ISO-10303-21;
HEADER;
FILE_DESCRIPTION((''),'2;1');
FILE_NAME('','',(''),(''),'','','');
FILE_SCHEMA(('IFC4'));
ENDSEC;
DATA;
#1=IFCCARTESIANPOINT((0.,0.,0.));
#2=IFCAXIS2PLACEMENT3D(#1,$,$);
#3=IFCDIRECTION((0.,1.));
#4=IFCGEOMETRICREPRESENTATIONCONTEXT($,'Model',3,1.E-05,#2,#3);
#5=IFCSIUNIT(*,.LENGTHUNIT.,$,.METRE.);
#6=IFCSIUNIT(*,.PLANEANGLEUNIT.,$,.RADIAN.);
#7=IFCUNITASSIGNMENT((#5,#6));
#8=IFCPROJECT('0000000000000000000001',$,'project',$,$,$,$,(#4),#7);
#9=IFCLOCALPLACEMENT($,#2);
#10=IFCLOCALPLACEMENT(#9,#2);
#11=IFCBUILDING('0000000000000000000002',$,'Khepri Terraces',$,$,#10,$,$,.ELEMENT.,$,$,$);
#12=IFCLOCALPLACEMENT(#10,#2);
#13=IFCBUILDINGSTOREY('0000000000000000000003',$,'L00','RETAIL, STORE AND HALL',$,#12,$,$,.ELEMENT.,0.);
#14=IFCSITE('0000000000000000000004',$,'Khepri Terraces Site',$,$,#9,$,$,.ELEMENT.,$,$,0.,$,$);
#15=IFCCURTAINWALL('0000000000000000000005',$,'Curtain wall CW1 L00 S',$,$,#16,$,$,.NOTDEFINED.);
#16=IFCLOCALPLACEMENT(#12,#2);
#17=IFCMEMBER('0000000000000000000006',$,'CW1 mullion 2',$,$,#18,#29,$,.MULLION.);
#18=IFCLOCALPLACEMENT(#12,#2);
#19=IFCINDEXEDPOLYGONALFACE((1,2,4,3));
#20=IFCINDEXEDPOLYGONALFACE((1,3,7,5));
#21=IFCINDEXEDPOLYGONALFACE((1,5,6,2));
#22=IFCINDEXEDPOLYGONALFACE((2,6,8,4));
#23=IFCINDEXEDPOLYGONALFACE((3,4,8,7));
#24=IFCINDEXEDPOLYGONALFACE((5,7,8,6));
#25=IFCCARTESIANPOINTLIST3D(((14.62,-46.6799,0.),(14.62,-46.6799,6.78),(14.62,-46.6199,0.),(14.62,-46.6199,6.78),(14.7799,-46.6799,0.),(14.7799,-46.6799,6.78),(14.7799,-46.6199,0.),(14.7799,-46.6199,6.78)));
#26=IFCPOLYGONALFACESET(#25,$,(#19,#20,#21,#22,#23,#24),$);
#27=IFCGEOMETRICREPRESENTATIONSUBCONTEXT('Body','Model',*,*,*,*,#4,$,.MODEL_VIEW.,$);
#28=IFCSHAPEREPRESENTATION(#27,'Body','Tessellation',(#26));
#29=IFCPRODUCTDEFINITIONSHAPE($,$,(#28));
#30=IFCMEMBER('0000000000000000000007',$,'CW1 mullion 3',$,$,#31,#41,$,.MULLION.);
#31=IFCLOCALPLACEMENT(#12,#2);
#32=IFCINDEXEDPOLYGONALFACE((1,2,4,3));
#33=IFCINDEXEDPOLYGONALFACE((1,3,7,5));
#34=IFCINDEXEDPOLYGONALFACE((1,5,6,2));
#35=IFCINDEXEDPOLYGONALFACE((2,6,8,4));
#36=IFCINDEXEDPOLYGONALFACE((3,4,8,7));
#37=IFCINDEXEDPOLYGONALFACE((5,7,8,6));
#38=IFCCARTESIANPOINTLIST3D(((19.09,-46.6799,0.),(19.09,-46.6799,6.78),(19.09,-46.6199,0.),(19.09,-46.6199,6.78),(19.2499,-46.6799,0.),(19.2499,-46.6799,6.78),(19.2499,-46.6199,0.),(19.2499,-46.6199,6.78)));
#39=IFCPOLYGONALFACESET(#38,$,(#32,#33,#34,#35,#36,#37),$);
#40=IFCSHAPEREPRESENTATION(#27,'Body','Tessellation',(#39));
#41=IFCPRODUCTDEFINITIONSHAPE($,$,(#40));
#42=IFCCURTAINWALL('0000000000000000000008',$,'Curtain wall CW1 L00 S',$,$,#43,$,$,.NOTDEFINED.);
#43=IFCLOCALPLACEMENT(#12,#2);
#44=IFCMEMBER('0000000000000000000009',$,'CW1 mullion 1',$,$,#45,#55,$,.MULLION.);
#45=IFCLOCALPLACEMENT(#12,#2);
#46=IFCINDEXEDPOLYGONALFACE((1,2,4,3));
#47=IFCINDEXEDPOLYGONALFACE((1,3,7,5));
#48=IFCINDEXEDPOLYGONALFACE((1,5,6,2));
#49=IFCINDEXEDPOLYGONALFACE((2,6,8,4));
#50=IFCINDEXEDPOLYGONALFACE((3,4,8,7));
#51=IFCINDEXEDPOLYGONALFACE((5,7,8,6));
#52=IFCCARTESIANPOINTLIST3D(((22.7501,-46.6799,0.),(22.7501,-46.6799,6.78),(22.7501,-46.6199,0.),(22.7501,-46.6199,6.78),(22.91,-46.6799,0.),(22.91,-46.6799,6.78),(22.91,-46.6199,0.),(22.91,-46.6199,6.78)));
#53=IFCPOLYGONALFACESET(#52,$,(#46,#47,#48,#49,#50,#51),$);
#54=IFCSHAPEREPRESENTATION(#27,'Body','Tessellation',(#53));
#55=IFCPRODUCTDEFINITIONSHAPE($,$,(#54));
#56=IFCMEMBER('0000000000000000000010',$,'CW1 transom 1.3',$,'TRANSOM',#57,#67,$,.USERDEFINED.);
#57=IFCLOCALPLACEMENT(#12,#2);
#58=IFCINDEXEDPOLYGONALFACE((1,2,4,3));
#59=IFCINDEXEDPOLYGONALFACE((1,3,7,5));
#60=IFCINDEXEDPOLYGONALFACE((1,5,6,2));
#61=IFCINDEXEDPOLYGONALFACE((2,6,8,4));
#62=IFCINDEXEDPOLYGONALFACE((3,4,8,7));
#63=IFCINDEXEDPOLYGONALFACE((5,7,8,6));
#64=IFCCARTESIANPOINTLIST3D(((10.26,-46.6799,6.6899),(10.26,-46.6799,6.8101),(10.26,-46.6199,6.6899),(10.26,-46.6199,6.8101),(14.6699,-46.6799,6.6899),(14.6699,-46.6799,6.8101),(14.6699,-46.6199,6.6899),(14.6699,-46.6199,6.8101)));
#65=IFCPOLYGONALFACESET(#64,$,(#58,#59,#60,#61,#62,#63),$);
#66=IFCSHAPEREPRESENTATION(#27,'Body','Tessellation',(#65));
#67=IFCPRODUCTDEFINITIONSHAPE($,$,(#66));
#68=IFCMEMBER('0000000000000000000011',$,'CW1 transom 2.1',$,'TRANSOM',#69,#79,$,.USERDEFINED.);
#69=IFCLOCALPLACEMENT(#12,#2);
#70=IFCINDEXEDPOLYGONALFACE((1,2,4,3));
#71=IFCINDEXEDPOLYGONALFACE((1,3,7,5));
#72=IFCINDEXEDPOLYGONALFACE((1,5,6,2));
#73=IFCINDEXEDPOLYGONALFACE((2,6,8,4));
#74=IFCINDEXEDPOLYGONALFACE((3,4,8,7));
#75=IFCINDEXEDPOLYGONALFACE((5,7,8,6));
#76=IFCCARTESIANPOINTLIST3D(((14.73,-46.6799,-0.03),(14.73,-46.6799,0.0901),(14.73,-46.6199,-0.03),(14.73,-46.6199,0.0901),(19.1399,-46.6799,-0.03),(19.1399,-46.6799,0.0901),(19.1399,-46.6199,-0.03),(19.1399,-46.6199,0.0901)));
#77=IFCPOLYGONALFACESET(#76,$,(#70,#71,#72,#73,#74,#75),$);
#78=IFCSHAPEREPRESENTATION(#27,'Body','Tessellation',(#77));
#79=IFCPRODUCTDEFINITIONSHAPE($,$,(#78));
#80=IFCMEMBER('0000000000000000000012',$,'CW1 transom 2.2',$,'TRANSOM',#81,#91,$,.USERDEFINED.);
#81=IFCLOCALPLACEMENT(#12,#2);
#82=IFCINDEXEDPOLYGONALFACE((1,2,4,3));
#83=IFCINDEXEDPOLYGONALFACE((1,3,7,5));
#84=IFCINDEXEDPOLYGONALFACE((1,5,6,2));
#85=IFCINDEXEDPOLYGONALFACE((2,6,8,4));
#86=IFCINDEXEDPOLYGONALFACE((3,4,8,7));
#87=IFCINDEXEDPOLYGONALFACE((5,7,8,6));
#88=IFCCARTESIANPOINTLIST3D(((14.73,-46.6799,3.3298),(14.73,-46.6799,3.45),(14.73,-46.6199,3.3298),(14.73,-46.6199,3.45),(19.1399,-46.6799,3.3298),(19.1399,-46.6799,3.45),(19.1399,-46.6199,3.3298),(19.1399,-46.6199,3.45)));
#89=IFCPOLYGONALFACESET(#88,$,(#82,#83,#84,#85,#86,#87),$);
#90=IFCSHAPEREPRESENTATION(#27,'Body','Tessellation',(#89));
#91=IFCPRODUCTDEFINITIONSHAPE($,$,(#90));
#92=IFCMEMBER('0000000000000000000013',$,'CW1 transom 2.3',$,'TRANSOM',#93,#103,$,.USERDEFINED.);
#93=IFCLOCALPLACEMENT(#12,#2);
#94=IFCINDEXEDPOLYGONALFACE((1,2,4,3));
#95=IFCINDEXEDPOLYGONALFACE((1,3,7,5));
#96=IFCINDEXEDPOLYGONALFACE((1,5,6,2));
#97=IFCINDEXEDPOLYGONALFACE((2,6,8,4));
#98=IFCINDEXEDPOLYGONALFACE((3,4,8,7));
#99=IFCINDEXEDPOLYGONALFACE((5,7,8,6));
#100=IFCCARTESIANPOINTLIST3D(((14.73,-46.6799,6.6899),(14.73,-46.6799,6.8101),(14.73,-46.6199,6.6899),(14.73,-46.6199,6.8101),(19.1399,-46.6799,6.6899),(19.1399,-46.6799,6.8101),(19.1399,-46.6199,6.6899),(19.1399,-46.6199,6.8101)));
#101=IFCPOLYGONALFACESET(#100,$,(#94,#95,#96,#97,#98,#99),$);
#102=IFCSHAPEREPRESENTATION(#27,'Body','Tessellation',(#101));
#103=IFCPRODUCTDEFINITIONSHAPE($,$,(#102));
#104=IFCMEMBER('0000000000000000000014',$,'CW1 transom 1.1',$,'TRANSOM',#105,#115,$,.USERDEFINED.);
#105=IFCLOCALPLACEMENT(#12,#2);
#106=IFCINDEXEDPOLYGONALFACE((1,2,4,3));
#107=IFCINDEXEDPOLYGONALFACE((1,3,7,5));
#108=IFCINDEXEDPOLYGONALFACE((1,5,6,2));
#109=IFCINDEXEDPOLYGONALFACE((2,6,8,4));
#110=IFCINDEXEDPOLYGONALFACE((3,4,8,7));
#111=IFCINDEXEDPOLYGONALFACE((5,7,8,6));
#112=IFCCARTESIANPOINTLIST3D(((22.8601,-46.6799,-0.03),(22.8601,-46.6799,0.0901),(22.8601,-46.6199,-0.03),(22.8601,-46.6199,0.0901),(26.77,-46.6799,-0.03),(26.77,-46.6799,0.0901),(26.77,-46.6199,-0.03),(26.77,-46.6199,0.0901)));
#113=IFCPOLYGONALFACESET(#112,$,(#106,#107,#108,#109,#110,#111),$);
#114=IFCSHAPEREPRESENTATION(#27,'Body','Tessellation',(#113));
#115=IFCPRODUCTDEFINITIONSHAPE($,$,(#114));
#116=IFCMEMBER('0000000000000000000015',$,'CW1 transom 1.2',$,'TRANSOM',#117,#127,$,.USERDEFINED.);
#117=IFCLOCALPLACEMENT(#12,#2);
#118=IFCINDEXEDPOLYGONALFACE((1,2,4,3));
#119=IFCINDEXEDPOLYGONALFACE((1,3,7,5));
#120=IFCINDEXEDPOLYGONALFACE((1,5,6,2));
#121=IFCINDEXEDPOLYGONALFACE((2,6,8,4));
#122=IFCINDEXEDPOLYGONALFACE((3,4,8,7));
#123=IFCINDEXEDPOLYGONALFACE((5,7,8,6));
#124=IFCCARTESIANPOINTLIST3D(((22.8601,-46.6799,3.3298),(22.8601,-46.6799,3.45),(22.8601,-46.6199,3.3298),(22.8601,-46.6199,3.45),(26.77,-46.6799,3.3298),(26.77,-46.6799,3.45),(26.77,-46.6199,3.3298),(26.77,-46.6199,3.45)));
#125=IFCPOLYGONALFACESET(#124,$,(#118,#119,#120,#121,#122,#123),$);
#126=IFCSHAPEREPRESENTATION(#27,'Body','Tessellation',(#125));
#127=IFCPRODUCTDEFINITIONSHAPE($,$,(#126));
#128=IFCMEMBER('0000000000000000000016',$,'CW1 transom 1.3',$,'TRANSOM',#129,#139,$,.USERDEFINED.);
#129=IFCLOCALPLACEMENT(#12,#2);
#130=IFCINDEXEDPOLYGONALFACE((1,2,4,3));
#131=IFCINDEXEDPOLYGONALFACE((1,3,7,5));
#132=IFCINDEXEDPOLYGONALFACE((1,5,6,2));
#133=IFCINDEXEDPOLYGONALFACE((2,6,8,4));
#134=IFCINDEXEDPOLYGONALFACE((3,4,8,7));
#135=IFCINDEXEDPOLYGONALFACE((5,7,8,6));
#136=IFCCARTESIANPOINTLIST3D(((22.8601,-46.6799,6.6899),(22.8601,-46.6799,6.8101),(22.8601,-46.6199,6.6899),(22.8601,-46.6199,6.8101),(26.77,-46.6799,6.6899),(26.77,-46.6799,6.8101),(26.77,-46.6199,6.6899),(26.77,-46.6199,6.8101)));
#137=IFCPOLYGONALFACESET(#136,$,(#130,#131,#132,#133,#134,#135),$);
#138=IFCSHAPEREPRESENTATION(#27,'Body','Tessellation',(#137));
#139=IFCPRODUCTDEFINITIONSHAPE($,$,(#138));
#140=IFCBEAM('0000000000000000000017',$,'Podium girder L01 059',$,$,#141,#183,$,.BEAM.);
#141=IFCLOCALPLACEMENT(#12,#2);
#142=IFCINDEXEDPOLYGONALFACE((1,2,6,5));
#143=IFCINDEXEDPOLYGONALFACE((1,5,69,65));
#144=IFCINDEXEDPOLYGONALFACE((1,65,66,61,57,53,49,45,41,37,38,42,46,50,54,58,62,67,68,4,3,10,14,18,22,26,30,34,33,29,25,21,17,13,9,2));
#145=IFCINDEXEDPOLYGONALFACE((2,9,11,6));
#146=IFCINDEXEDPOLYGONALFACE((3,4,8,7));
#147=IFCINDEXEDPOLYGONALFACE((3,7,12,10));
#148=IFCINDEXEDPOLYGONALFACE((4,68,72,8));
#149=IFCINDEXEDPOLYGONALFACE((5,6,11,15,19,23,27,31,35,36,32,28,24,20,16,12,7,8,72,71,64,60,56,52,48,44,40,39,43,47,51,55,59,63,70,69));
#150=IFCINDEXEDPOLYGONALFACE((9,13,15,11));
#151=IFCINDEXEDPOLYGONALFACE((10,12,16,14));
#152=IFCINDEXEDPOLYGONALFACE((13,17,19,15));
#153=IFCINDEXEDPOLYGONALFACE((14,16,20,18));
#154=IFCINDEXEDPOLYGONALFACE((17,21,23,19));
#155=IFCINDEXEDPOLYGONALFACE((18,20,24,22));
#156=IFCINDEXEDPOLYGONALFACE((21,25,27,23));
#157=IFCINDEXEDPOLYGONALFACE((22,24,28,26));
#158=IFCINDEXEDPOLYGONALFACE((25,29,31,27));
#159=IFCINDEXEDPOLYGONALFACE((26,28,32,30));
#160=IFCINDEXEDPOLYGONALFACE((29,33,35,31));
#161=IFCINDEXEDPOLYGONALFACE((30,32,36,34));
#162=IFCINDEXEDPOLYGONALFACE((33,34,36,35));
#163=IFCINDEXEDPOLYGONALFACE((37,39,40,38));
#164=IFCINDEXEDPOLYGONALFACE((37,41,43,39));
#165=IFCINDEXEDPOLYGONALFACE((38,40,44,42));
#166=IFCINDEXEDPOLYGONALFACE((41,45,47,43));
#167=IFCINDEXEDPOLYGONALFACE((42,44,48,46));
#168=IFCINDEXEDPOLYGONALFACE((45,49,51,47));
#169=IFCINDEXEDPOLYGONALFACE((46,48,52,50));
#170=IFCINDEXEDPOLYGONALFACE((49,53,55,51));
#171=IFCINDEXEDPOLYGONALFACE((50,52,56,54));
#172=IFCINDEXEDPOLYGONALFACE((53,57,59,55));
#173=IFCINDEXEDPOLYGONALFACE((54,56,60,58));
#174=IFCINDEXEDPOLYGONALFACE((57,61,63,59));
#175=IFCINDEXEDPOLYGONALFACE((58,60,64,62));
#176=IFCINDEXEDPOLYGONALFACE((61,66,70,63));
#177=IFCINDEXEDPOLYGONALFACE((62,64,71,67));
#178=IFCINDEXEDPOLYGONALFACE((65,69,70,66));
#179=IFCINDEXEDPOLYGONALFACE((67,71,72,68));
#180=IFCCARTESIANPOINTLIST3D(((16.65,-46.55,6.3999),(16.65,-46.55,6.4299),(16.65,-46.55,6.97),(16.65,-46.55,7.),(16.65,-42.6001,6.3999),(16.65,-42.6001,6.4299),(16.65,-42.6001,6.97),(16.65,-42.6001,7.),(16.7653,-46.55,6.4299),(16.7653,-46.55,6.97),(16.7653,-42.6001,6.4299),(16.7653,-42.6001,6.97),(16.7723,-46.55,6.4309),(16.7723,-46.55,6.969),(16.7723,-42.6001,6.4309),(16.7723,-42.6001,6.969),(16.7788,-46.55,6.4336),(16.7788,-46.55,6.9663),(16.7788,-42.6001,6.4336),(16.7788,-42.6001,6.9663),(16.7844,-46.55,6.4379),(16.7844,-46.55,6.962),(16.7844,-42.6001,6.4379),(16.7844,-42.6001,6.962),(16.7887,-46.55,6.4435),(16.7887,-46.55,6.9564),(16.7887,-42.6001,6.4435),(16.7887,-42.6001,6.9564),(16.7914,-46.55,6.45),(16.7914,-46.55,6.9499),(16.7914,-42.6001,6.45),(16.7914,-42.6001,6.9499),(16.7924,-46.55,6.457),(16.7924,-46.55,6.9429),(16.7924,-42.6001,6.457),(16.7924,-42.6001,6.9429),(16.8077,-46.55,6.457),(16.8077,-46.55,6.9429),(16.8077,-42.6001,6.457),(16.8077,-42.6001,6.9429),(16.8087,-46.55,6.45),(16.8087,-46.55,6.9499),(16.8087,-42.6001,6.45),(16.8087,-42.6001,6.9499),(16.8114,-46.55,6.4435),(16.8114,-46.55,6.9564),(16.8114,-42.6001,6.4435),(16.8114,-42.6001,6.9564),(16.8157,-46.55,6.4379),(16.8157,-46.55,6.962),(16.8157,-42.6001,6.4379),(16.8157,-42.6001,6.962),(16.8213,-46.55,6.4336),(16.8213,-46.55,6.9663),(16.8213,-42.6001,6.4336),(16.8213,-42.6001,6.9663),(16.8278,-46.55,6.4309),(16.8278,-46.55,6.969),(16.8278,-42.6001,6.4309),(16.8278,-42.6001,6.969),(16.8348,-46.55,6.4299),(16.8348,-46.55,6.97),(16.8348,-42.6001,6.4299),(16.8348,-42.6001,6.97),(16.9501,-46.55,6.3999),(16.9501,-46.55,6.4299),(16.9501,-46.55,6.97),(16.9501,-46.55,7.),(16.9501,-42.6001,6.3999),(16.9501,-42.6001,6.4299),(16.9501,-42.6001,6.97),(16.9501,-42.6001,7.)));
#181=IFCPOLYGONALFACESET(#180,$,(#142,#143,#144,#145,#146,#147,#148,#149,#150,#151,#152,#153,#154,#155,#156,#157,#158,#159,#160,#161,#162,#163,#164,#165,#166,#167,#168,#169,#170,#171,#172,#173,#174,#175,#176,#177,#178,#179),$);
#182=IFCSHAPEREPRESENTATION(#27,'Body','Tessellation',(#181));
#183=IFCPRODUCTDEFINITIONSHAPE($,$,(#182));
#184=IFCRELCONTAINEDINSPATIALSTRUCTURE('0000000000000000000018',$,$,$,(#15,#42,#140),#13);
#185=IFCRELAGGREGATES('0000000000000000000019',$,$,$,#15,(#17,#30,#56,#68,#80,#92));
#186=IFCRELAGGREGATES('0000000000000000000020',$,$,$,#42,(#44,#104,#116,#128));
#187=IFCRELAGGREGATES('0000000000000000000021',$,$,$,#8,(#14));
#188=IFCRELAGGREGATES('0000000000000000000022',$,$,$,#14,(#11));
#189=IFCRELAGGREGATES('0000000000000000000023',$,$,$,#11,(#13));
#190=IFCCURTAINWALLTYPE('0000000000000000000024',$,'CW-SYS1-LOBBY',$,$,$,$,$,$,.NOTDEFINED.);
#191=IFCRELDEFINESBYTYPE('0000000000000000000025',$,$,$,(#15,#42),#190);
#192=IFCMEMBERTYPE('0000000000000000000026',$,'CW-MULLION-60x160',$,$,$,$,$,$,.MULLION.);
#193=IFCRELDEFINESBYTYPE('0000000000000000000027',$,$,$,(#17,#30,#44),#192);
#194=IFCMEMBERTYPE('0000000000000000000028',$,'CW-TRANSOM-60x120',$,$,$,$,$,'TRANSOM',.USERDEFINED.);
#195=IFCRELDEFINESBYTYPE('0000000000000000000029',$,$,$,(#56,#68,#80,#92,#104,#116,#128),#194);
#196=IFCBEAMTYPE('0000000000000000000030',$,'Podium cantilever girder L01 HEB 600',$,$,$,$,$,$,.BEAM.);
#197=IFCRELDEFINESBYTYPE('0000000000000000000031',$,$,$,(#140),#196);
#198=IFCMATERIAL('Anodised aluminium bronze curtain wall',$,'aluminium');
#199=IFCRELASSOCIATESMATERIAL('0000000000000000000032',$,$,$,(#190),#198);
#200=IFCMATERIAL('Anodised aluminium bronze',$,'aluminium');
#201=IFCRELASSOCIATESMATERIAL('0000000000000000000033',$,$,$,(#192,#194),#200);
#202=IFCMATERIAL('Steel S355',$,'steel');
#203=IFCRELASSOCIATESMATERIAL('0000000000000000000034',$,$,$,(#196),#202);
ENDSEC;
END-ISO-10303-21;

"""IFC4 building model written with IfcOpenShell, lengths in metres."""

from ifc_helpers import new_model, si_unit, direction, frame, origin, origin_2d, place, context, subcontext, project, spatial, rectangle, i_section, extrude, material, material_profile, profile_set, type_object, element, aggregate, save


model = new_model("IFC4")

# Units and contexts
model_context = context("Model", 3, precision=1e-05, world=origin(), true_north=direction((0.0, 1.0)))
body_context = subcontext(model_context, "Body", "Model", "MODEL_VIEW")
ifc_project = project(units=[si_unit("LENGTHUNIT", "METRE"), si_unit("PLANEANGLEUNIT", "RADIAN")], contexts=[model_context])

# Site, building, storey
site_placement = place(None, origin())
site = spatial("IfcSite", under=ifc_project, at=site_placement, Name="Khepri Terraces Site", CompositionType="ELEMENT", RefElevation=0.0)
building_placement = place(site_placement, origin())
building = spatial("IfcBuilding", under=site, at=building_placement, Name="Khepri Terraces", CompositionType="ELEMENT")
storey_placement = place(building_placement, origin())
storey = spatial("IfcBuildingStorey", under=building, at=storey_placement, Name="L00", Description="RETAIL, STORE AND HALL", CompositionType="ELEMENT", Elevation=0.0)

# Curtain wall, members
ifc_material_1 = material(Name="Anodised aluminium bronze curtain wall", Category="aluminium")
curtain_wall_type = type_object("IfcCurtainWallType", Name="CW-SYS1-LOBBY", PredefinedType="NOTDEFINED", material=ifc_material_1)
curtain_wall_1_placement = place(storey_placement, origin())
curtain_wall_1 = element("IfcCurtainWall", 1, at=curtain_wall_1_placement, inside=storey, type_object=curtain_wall_type, Name="Curtain wall CW1 L00 S", PredefinedType="NOTDEFINED")
ifc_material_2 = material(Name="Anodised aluminium bronze", Category="aluminium")
ifc_material_profile_1 = material_profile(ifc_material_2, rectangle(XDim=0.0601, YDim=0.1599, at=origin_2d()), Name="Anodised aluminium bronze", Category="aluminium")
ifc_profile_set_1 = profile_set([ifc_material_profile_1], Name="Anodised aluminium bronze")
member_type_1 = type_object("IfcMemberType", Name="CW-MULLION-60x160", PredefinedType="MULLION", material=ifc_profile_set_1)
member_1_placement = place(storey_placement, frame((14.7, -46.6499, 0.0), z_axis=(0.0, 0.0, 1.0), x_axis=(0.0, 1.0, 0.0)))
member_1 = element("IfcMember", 2, at=member_1_placement, type_object=member_type_1, Name="CW1 mullion 2", PredefinedType="MULLION", context=body_context, shape_type="SweptSolid", body=[
    extrude(rectangle(XDim=0.0601, YDim=0.1599, at=origin_2d()), origin(), (0.0, 0.0, 1.0), 6.78),
])
member_2_placement = place(storey_placement, frame((19.1699, -46.6499, 0.0), z_axis=(0.0, 0.0, 1.0), x_axis=(0.0, 1.0, 0.0)))
member_2 = element("IfcMember", 3, at=member_2_placement, type_object=member_type_1, Name="CW1 mullion 3", PredefinedType="MULLION", context=body_context, shape_type="SweptSolid", body=[
    extrude(rectangle(XDim=0.0601, YDim=0.1599, at=origin_2d()), origin(), (0.0, 0.0, 1.0), 6.78),
])

# Curtain wall, member
curtain_wall_2_placement = place(storey_placement, origin())
curtain_wall_2 = element("IfcCurtainWall", 4, at=curtain_wall_2_placement, inside=storey, type_object=curtain_wall_type, Name="Curtain wall CW1 L00 S", PredefinedType="NOTDEFINED")
member_3_placement = place(storey_placement, frame((22.8301, -46.6499, 0.0), z_axis=(0.0, 0.0, 1.0), x_axis=(0.0, 1.0, 0.0)))
member_3 = element("IfcMember", 5, at=member_3_placement, type_object=member_type_1, Name="CW1 mullion 1", PredefinedType="MULLION", context=body_context, shape_type="SweptSolid", body=[
    extrude(rectangle(XDim=0.0601, YDim=0.1599, at=origin_2d()), origin(), (0.0, 0.0, 1.0), 6.78),
])

# Members
ifc_material_profile_2 = material_profile(ifc_material_2, rectangle(XDim=0.0601, YDim=0.1201, at=origin_2d()), Name="Anodised aluminium bronze", Category="aluminium")
ifc_profile_set_2 = profile_set([ifc_material_profile_2], Name="Anodised aluminium bronze")
member_type_2 = type_object("IfcMemberType", Name="CW-TRANSOM-60x120", ElementType="TRANSOM", PredefinedType="USERDEFINED", material=ifc_profile_set_2)
member_4_placement = place(storey_placement, frame((10.26, -46.6499, 6.75), z_axis=(1.0, 0.0, 0.0), x_axis=(0.0, 1.0, 0.0)))
member_4 = element("IfcMember", 6, at=member_4_placement, type_object=member_type_2, Name="CW1 transom 1.3", ObjectType="TRANSOM", PredefinedType="USERDEFINED", context=body_context, shape_type="SweptSolid", body=[
    extrude(rectangle(XDim=0.0601, YDim=0.1201, at=origin_2d()), origin(), (0.0, 0.0, 1.0), 4.4099),
])
member_5_placement = place(storey_placement, frame((14.73, -46.6499, 0.03), z_axis=(1.0, 0.0, 0.0), x_axis=(0.0, 1.0, 0.0)))
member_5 = element("IfcMember", 7, at=member_5_placement, type_object=member_type_2, Name="CW1 transom 2.1", ObjectType="TRANSOM", PredefinedType="USERDEFINED", context=body_context, shape_type="SweptSolid", body=[
    extrude(rectangle(XDim=0.0601, YDim=0.1201, at=origin_2d()), origin(), (0.0, 0.0, 1.0), 4.4099),
])
member_6_placement = place(storey_placement, frame((14.73, -46.6499, 3.3899), z_axis=(1.0, 0.0, 0.0), x_axis=(0.0, 1.0, 0.0)))
member_6 = element("IfcMember", 8, at=member_6_placement, type_object=member_type_2, Name="CW1 transom 2.2", ObjectType="TRANSOM", PredefinedType="USERDEFINED", context=body_context, shape_type="SweptSolid", body=[
    extrude(rectangle(XDim=0.0601, YDim=0.1201, at=origin_2d()), origin(), (0.0, 0.0, 1.0), 4.4099),
])
member_7_placement = place(storey_placement, frame((14.73, -46.6499, 6.75), z_axis=(1.0, 0.0, 0.0), x_axis=(0.0, 1.0, 0.0)))
member_7 = element("IfcMember", 9, at=member_7_placement, type_object=member_type_2, Name="CW1 transom 2.3", ObjectType="TRANSOM", PredefinedType="USERDEFINED", context=body_context, shape_type="SweptSolid", body=[
    extrude(rectangle(XDim=0.0601, YDim=0.1201, at=origin_2d()), origin(), (0.0, 0.0, 1.0), 4.4099),
])
member_8_placement = place(storey_placement, frame((22.8601, -46.6499, 0.03), z_axis=(1.0, 0.0, 0.0), x_axis=(0.0, 1.0, 0.0)))
member_8 = element("IfcMember", 10, at=member_8_placement, type_object=member_type_2, Name="CW1 transom 1.1", ObjectType="TRANSOM", PredefinedType="USERDEFINED", context=body_context, shape_type="SweptSolid", body=[
    extrude(rectangle(XDim=0.0601, YDim=0.1201, at=origin_2d()), origin(), (0.0, 0.0, 1.0), 3.9099),
])
member_9_placement = place(storey_placement, frame((22.8601, -46.6499, 3.3899), z_axis=(1.0, 0.0, 0.0), x_axis=(0.0, 1.0, 0.0)))
member_9 = element("IfcMember", 11, at=member_9_placement, type_object=member_type_2, Name="CW1 transom 1.2", ObjectType="TRANSOM", PredefinedType="USERDEFINED", context=body_context, shape_type="SweptSolid", body=[
    extrude(rectangle(XDim=0.0601, YDim=0.1201, at=origin_2d()), origin(), (0.0, 0.0, 1.0), 3.9099),
])
member_10_placement = place(storey_placement, frame((22.8601, -46.6499, 6.75), z_axis=(1.0, 0.0, 0.0), x_axis=(0.0, 1.0, 0.0)))
member_10 = element("IfcMember", 12, at=member_10_placement, type_object=member_type_2, Name="CW1 transom 1.3", ObjectType="TRANSOM", PredefinedType="USERDEFINED", context=body_context, shape_type="SweptSolid", body=[
    extrude(rectangle(XDim=0.0601, YDim=0.1201, at=origin_2d()), origin(), (0.0, 0.0, 1.0), 3.9099),
])

# Beam
ifc_material_3 = material(Name="Steel S355", Category="steel")
ifc_material_profile_3 = material_profile(ifc_material_3, i_section(OverallWidth=0.3, OverallDepth=0.6001, WebThickness=0.0154, FlangeThickness=0.03, FilletRadius=0.0271, at=origin_2d()), Name="Steel S355", Category="steel")
ifc_profile_set_3 = profile_set([ifc_material_profile_3], Name="Steel S355")
beam_type_1 = type_object("IfcBeamType", Name="Podium cantilever girder L01 HEB 600", PredefinedType="BEAM", material=ifc_profile_set_3)
for number, where, z_axis, x_axis, name in (
    (13, (16.8, -46.55, 6.7), (0.0, 1.0, 0.0), (-1.0, 0.0, 0.0), "Podium girder L01 059"),
):
    element("IfcBeam", number, at=place(storey_placement, frame(where, z_axis=z_axis, x_axis=x_axis)), inside=storey, type_object=beam_type_1, Name=name, PredefinedType="BEAM", context=body_context, shape_type="SweptSolid", body=[
        extrude(i_section(OverallWidth=0.3, OverallDepth=0.6001, WebThickness=0.0154, FlangeThickness=0.03, FilletRadius=0.0271, at=origin_2d()), origin(), (0.0, 0.0, 1.0), 3.95),
    ])

aggregate(curtain_wall_1, [member_1, member_2, member_4, member_5, member_6, member_7])
aggregate(curtain_wall_2, [member_3, member_8, member_9, member_10])

save(model, "model.ifc")
